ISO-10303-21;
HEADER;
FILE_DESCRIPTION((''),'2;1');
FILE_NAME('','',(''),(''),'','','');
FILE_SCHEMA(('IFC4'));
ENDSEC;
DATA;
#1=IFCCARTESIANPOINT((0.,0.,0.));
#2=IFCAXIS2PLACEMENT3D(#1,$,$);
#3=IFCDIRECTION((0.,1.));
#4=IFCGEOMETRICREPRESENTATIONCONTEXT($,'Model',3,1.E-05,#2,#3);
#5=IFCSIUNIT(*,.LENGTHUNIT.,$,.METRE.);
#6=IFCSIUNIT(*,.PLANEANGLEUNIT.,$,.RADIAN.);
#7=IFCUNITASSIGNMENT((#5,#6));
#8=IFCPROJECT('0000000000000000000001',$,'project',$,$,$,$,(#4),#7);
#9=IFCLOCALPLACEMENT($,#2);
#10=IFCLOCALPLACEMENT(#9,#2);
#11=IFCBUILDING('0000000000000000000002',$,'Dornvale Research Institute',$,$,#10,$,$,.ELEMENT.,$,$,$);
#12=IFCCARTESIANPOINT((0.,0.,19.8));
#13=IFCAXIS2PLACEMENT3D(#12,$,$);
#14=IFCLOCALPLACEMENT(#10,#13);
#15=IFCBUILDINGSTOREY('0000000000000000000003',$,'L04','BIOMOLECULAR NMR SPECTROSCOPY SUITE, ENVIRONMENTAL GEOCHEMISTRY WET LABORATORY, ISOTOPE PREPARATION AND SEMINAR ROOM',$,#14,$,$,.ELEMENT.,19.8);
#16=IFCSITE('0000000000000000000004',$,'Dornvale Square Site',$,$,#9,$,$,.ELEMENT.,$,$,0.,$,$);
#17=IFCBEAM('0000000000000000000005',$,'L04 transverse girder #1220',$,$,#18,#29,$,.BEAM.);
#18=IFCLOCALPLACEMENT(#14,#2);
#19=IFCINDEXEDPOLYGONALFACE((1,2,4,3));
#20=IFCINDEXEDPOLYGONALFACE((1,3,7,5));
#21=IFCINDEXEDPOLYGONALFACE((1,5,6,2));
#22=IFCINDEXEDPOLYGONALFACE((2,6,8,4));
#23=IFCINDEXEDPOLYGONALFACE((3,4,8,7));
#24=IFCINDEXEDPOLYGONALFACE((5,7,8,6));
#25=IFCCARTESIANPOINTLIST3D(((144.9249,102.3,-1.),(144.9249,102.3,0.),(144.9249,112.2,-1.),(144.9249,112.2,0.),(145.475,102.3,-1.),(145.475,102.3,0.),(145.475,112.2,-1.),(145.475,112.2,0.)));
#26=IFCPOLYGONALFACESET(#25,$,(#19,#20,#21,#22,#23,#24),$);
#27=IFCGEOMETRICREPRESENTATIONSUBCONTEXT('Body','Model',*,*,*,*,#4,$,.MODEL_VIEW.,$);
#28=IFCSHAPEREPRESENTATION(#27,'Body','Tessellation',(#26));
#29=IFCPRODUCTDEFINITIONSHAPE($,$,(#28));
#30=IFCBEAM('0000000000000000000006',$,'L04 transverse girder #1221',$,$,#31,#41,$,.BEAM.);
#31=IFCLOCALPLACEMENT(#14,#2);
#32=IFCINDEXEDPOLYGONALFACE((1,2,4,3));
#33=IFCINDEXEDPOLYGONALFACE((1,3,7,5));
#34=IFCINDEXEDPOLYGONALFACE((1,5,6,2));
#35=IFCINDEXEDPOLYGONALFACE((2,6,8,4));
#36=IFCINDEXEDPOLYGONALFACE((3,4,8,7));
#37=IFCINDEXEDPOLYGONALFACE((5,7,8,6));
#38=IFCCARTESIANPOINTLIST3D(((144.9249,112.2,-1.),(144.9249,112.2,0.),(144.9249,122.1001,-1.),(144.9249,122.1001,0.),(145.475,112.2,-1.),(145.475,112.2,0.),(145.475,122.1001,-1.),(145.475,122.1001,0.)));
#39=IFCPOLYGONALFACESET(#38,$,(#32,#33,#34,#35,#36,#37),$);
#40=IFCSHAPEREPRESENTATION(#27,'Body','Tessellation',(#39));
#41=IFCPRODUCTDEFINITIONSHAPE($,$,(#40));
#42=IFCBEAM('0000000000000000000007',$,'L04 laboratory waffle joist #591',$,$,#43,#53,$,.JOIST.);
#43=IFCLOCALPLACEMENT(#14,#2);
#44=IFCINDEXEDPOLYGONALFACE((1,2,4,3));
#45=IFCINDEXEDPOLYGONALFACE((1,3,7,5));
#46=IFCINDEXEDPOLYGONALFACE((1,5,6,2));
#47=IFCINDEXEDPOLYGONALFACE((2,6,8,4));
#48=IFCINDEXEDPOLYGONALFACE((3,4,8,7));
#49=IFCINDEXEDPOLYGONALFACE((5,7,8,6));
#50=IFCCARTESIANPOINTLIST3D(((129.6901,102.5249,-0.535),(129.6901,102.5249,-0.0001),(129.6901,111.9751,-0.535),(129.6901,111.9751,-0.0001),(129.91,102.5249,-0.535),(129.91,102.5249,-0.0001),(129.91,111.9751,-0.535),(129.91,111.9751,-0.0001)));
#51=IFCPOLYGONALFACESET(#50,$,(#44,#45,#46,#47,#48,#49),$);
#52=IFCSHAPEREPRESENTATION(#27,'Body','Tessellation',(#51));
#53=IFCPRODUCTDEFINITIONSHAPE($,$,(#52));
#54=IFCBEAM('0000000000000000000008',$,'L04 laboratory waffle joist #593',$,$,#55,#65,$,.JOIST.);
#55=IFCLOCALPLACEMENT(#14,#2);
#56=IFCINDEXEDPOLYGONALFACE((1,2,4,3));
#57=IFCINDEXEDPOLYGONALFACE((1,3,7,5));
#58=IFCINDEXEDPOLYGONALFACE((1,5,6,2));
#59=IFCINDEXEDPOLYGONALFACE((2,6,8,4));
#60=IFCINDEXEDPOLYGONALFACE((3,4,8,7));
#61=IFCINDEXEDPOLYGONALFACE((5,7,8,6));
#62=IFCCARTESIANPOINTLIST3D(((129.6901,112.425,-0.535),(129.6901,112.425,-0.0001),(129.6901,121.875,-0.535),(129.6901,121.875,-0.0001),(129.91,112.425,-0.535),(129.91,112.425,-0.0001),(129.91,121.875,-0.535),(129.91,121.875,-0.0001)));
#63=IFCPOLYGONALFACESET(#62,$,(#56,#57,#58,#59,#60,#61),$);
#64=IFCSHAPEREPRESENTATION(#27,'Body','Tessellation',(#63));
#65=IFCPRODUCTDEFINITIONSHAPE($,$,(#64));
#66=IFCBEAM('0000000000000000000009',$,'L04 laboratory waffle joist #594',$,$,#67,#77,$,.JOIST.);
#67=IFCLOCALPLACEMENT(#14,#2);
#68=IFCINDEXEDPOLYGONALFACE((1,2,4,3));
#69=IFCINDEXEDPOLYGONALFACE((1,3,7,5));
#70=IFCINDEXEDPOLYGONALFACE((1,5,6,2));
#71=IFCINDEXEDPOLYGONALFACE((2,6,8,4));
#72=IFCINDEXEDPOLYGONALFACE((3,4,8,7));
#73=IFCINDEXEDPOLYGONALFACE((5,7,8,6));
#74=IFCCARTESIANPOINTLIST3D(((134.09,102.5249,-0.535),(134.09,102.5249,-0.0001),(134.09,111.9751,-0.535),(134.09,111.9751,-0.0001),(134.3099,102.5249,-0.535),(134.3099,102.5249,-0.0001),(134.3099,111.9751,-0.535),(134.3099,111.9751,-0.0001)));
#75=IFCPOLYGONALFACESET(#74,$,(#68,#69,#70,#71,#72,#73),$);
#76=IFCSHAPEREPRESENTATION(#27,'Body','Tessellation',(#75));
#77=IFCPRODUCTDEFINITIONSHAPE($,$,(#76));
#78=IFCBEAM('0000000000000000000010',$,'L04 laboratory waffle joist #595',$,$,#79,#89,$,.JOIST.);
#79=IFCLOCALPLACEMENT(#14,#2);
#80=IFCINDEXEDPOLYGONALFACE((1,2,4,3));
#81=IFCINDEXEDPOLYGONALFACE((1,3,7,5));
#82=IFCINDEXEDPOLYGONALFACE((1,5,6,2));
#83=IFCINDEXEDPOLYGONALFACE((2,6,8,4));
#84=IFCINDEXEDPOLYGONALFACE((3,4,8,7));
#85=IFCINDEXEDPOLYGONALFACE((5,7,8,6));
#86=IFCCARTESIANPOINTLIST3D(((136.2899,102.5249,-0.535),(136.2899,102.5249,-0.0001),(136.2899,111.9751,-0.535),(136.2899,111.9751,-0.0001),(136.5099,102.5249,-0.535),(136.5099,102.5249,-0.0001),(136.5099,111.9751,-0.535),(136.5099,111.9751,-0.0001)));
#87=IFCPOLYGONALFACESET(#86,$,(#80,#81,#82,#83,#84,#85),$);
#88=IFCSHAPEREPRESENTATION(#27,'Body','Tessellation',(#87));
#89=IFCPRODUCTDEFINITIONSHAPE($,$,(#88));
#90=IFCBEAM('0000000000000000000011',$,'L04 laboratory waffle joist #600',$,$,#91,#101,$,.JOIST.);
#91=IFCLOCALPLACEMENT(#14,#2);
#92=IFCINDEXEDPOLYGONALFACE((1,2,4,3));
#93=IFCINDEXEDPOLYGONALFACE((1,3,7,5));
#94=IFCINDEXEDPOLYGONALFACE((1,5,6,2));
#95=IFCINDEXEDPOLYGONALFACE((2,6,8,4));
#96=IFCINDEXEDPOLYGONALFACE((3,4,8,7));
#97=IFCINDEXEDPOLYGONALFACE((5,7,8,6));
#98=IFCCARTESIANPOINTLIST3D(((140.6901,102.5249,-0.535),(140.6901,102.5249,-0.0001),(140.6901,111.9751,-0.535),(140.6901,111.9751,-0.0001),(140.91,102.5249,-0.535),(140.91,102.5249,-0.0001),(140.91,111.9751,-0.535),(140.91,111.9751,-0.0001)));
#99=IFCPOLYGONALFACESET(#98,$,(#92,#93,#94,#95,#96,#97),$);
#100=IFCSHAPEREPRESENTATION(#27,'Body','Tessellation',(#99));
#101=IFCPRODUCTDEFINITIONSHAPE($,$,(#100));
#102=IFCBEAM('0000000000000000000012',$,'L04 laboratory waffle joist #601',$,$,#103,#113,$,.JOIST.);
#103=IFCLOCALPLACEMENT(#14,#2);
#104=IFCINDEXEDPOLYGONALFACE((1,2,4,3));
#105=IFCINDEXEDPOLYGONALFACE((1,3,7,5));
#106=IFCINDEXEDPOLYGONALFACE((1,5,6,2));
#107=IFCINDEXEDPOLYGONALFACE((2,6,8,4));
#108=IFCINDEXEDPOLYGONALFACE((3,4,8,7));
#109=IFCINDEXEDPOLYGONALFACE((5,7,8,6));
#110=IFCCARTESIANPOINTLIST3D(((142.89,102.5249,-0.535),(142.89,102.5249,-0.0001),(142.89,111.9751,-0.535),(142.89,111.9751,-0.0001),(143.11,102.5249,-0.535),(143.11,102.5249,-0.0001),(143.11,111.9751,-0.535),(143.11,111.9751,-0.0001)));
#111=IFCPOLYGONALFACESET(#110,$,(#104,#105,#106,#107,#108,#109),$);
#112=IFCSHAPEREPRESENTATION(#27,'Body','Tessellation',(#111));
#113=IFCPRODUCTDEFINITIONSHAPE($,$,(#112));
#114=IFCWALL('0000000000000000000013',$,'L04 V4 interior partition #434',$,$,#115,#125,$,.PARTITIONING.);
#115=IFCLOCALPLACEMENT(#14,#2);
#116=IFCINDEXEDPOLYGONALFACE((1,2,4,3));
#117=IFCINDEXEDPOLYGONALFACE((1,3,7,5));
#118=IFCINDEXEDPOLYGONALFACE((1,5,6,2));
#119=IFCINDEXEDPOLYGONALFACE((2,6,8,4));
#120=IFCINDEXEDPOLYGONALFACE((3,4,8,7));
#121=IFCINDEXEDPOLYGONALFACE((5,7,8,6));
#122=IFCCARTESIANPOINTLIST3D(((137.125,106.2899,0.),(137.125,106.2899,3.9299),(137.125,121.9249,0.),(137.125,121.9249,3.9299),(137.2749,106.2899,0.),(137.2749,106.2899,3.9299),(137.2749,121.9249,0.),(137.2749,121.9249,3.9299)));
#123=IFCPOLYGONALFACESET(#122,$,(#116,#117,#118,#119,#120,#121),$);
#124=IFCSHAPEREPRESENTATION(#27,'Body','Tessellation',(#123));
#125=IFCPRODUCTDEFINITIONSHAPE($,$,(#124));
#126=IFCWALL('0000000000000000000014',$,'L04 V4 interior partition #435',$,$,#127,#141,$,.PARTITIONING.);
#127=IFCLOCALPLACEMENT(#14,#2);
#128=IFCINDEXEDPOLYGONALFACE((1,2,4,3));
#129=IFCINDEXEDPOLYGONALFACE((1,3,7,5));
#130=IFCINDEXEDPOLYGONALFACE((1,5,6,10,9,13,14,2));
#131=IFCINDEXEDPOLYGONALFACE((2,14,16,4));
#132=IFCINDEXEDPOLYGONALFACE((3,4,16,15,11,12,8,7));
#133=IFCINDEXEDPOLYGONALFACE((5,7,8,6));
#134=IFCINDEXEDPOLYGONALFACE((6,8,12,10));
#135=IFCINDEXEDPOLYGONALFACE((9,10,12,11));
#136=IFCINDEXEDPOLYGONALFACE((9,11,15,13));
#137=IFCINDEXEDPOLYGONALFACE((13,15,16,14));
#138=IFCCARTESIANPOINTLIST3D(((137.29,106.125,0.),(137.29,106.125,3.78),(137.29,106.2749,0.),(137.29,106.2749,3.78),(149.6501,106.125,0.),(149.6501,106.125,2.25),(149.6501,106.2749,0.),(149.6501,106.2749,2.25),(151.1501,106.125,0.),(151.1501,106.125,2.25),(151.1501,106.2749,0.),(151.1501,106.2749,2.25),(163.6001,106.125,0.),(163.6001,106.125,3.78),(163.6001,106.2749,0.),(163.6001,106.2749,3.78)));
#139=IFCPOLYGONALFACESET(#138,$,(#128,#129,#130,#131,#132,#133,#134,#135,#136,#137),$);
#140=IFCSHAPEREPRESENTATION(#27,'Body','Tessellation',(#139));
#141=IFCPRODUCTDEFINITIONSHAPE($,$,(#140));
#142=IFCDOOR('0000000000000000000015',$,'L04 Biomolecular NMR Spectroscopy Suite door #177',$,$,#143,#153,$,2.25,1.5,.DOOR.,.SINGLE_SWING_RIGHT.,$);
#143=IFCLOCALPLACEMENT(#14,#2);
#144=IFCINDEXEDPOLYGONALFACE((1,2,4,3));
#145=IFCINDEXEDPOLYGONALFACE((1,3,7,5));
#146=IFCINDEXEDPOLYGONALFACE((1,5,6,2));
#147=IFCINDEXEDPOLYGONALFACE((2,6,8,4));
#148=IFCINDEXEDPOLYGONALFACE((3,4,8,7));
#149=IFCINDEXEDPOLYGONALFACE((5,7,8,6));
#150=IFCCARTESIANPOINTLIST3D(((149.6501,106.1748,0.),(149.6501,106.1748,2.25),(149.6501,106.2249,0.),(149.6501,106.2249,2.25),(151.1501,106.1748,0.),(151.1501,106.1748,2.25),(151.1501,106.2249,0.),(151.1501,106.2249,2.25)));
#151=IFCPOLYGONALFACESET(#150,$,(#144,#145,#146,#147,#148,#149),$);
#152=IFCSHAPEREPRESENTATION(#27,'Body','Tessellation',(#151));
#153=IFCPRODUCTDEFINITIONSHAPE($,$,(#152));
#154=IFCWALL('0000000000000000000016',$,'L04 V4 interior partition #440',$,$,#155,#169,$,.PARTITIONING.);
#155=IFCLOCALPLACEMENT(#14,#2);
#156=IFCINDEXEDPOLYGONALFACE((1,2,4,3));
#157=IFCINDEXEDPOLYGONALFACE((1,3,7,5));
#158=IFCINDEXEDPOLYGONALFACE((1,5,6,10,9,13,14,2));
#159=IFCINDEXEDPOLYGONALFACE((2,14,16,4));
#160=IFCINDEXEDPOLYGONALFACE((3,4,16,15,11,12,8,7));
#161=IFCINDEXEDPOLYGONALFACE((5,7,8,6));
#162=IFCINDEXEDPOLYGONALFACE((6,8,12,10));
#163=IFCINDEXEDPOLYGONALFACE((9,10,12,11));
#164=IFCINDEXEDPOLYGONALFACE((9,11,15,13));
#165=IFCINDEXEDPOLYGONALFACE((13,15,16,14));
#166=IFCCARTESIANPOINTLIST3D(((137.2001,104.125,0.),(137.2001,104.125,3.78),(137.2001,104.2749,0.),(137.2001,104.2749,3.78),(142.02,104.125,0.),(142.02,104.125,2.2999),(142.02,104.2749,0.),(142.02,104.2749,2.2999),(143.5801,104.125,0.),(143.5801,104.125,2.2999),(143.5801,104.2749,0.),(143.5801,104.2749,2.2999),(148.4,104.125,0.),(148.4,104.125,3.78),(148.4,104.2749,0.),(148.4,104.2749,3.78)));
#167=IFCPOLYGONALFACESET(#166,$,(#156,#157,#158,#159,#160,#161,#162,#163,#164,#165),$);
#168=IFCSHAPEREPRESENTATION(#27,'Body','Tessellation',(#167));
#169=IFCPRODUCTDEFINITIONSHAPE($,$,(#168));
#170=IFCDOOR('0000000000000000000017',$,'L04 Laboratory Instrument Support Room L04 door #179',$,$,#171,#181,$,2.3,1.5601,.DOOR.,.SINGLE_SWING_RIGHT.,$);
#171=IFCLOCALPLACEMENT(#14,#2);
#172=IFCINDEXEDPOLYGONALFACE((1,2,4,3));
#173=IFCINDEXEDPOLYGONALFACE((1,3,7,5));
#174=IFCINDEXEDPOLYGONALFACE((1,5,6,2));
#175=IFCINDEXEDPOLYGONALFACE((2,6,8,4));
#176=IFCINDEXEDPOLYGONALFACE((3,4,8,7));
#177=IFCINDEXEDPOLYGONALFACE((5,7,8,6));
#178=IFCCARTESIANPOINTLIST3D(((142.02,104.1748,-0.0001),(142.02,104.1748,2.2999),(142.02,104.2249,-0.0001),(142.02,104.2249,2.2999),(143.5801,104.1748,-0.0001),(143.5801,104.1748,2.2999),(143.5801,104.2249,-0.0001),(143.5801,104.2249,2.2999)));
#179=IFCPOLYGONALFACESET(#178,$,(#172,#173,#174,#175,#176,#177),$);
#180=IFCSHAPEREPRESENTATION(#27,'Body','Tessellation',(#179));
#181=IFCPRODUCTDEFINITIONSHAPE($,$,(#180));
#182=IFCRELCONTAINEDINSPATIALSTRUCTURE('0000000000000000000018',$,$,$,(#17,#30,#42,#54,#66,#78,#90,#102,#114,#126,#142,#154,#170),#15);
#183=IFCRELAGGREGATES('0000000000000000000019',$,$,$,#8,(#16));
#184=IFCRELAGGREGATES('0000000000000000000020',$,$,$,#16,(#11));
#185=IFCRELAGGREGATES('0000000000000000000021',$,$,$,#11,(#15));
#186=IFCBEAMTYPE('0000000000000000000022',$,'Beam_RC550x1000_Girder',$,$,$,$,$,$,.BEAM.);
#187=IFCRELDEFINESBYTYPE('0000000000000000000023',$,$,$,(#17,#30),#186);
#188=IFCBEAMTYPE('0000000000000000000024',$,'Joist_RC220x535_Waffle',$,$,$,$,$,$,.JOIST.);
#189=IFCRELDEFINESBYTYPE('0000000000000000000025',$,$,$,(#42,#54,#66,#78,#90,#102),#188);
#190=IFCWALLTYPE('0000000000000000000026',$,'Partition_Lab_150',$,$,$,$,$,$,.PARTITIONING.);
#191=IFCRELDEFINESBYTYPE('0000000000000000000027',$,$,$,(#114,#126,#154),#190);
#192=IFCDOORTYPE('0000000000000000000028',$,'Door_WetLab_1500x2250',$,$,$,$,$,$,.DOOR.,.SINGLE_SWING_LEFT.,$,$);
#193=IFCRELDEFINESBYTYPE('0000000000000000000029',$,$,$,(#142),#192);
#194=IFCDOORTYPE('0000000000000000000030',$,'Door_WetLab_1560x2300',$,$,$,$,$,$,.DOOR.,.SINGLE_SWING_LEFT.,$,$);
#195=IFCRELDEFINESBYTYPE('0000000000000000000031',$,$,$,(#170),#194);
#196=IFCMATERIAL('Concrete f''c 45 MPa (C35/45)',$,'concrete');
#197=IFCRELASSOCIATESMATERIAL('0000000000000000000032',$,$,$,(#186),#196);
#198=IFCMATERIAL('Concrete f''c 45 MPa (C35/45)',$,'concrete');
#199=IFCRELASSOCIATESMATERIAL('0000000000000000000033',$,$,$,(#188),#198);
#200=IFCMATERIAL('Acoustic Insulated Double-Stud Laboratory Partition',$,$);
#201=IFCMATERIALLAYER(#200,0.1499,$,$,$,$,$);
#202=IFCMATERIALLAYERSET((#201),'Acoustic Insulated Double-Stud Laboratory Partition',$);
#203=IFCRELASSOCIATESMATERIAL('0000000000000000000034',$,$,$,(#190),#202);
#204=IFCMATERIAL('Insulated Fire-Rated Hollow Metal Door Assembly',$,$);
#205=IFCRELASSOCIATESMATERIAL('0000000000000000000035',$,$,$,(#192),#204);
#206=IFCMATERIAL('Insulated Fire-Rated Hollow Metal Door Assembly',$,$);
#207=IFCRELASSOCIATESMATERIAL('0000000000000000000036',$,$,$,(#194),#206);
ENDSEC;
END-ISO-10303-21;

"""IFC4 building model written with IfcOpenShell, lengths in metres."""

from ifc_helpers import new_model, si_unit, direction, frame, frame_2d, origin, origin_2d, place, context, subcontext, project, spatial, rectangle, extrude, material, layer, layer_set, material_profile, profile_set, type_object, element, fill, save


model = new_model("IFC4")

# Units and contexts
model_context = context("Model", 3, precision=1e-05, world=origin(), true_north=direction((0.0, 1.0)))
body_context = subcontext(model_context, "Body", "Model", "MODEL_VIEW")
ifc_project = project(units=[si_unit("LENGTHUNIT", "METRE"), si_unit("PLANEANGLEUNIT", "RADIAN")], contexts=[model_context])

# Site, building, storey
site_placement = place(None, origin())
site = spatial("IfcSite", under=ifc_project, at=site_placement, Name="Dornvale Square Site", CompositionType="ELEMENT", RefElevation=0.0)
building_placement = place(site_placement, origin())
building = spatial("IfcBuilding", under=site, at=building_placement, Name="Dornvale Research Institute", CompositionType="ELEMENT")
storey_placement = place(building_placement, frame((0.0, 0.0, 19.8)))
storey = spatial("IfcBuildingStorey", under=building, at=storey_placement, Name="L04", Description="BIOMOLECULAR NMR SPECTROSCOPY SUITE, ENVIRONMENTAL GEOCHEMISTRY WET LABORATORY, ISOTOPE PREPARATION AND SEMINAR ROOM", CompositionType="ELEMENT", Elevation=19.8)

# Beams
ifc_material_1 = material(Name="Concrete f'c 45 MPa (C35/45)", Category="concrete")
ifc_material_profile_1 = material_profile(ifc_material_1, rectangle(XDim=0.55, YDim=1.0, at=origin_2d()), Name="RC 550x1000")
ifc_profile_set_1 = profile_set([ifc_material_profile_1], Name="Concrete f'c 45 MPa (C35/45)")
beam_type_1 = type_object("IfcBeamType", Name="Beam_RC550x1000_Girder", PredefinedType="BEAM", material=ifc_profile_set_1)
beam_1_placement = place(storey_placement, frame((145.2, 102.3, -0.5), z_axis=(0.0, 1.0, 0.0), x_axis=(-1.0, 0.0, 0.0)))
element("IfcBeam", 1, at=beam_1_placement, inside=storey, type_object=beam_type_1, Name="L04 transverse girder #1220", PredefinedType="BEAM", context=body_context, shape_type="SweptSolid", body=[
    extrude(rectangle(XDim=0.55, YDim=1.0, at=origin_2d()), origin(), (0.0, 0.0, 1.0), 9.8999),
])
beam_2_placement = place(storey_placement, frame((145.2, 112.2, -0.5), z_axis=(0.0, 1.0, 0.0), x_axis=(-1.0, 0.0, 0.0)))
element("IfcBeam", 2, at=beam_2_placement, inside=storey, type_object=beam_type_1, Name="L04 transverse girder #1221", PredefinedType="BEAM", context=body_context, shape_type="SweptSolid", body=[
    extrude(rectangle(XDim=0.55, YDim=1.0, at=origin_2d()), origin(), (0.0, 0.0, 1.0), 9.9001),
])
ifc_material_2 = material(Name="Concrete f'c 45 MPa (C35/45)", Category="concrete")
ifc_material_profile_2 = material_profile(ifc_material_2, rectangle(XDim=0.22, YDim=0.5349, at=origin_2d()), Name="RC 220x535")
ifc_profile_set_2 = profile_set([ifc_material_profile_2], Name="Concrete f'c 45 MPa (C35/45)")
beam_type_2 = type_object("IfcBeamType", Name="Joist_RC220x535_Waffle", PredefinedType="JOIST", material=ifc_profile_set_2)
beam_3_placement = place(storey_placement, frame((129.8, 102.5249, -0.2676), z_axis=(0.0, 1.0, 0.0), x_axis=(-1.0, 0.0, 0.0)))
element("IfcBeam", 3, at=beam_3_placement, inside=storey, type_object=beam_type_2, Name="L04 laboratory waffle joist #591", PredefinedType="JOIST", context=body_context, shape_type="SweptSolid", body=[
    extrude(rectangle(XDim=0.22, YDim=0.5349, at=origin_2d()), origin(), (0.0, 0.0, 1.0), 9.4502),
])
beam_4_placement = place(storey_placement, frame((129.8, 112.425, -0.2676), z_axis=(0.0, 1.0, 0.0), x_axis=(-1.0, 0.0, 0.0)))
element("IfcBeam", 4, at=beam_4_placement, inside=storey, type_object=beam_type_2, Name="L04 laboratory waffle joist #593", PredefinedType="JOIST", context=body_context, shape_type="SweptSolid", body=[
    extrude(rectangle(XDim=0.22, YDim=0.5349, at=origin_2d()), origin(), (0.0, 0.0, 1.0), 9.45),
])
for number, where, z_axis, x_axis, name in (
    (5, (134.2, 102.5249, -0.2676), (0.0, 1.0, 0.0), (-1.0, 0.0, 0.0), "L04 laboratory waffle joist #594"),
    (6, (136.3999, 102.5249, -0.2676), (0.0, 1.0, 0.0), (-1.0, 0.0, 0.0), "L04 laboratory waffle joist #595"),
    (7, (140.8, 102.5249, -0.2676), (0.0, 1.0, 0.0), (-1.0, 0.0, 0.0), "L04 laboratory waffle joist #600"),
    (8, (143.0, 102.5249, -0.2676), (0.0, 1.0, 0.0), (-1.0, 0.0, 0.0), "L04 laboratory waffle joist #601"),
):
    element("IfcBeam", number, at=place(storey_placement, frame(where, z_axis=z_axis, x_axis=x_axis)), inside=storey, type_object=beam_type_2, Name=name, PredefinedType="JOIST", context=body_context, shape_type="SweptSolid", body=[
        extrude(rectangle(XDim=0.22, YDim=0.5349, at=origin_2d()), origin(), (0.0, 0.0, 1.0), 9.4502),
    ])

# Wall
ifc_material_3 = material(Name="Acoustic Insulated Double-Stud Laboratory Partition")
ifc_layer_1 = layer(ifc_material_3, 0.1499)
ifc_layer_set_1 = layer_set([ifc_layer_1], Name="Acoustic Insulated Double-Stud Laboratory Partition")
wall_type_1 = type_object("IfcWallType", Name="Partition_Lab_150", PredefinedType="PARTITIONING", material=ifc_layer_set_1)
wall_1_placement = place(storey_placement, frame((137.2, 106.29, 0.0), z_axis=(0.0, 0.0, 1.0), x_axis=(0.0, 1.0, 0.0)))
element("IfcWall", 9, at=wall_1_placement, inside=storey, type_object=wall_type_1, Name="L04 V4 interior partition #434", PredefinedType="PARTITIONING", context=body_context, shape_type="SweptSolid", body=[
    extrude(rectangle(XDim=15.635, YDim=0.1499, at=frame_2d((7.8174, 0.0))), origin(), (0.0, 0.0, 1.0), 3.9299),
])

# Walls, openings, doors
wall_2_placement = place(storey_placement, frame((137.29, 106.2, 0.0), z_axis=(0.0, 0.0, 1.0), x_axis=(1.0, 0.0, 0.0)))
wall_2 = element("IfcWall", 10, at=wall_2_placement, inside=storey, type_object=wall_type_1, Name="L04 V4 interior partition #435", PredefinedType="PARTITIONING", context=body_context, shape_type="SweptSolid", body=[
    extrude(rectangle(XDim=26.3101, YDim=0.1499, at=frame_2d((13.155, 0.0))), origin(), (0.0, 0.0, 1.0), 3.78),
])
opening_1_placement = place(wall_2_placement, frame((12.3601, 0.0, 0.0)))
opening_1 = element("IfcOpeningElement", 11, at=opening_1_placement, cuts=wall_2, PredefinedType="OPENING", context=body_context, shape_type="SweptSolid", body=[
    extrude(rectangle(XDim=1.5, YDim=2.25, at=frame_2d((0.75, 1.125))), frame((0.0, 0.0898, 0.0), z_axis=(0.0, -1.0, 0.0), x_axis=(1.0, 0.0, 0.0)), (0.0, 0.0, 1.0), 0.1799),
])
ifc_material_4 = material(Name="Insulated Fire-Rated Hollow Metal Door Assembly")
door_type_1 = type_object("IfcDoorType", Name="Door_WetLab_1500x2250", OperationType="SINGLE_SWING_LEFT", PredefinedType="DOOR", material=ifc_material_4)
door_1_placement = place(opening_1_placement, origin())
door_1 = element("IfcDoor", 12, at=door_1_placement, inside=storey, type_object=door_type_1, Name="L04 Biomolecular NMR Spectroscopy Suite door #177", OperationType="SINGLE_SWING_RIGHT", OverallHeight=2.25, OverallWidth=1.5, PredefinedType="DOOR", context=body_context, shape_type="SweptSolid", body=[
    extrude(rectangle(XDim=1.5, YDim=2.25, at=frame_2d((0.75, 1.125))), frame((0.0, 0.0249, 0.0), z_axis=(0.0, -1.0, 0.0), x_axis=(1.0, 0.0, 0.0)), (0.0, 0.0, 1.0), 0.05),
])
fill(opening_1, door_1)
wall_3_placement = place(storey_placement, frame((137.2, 104.2, 0.0), z_axis=(0.0, 0.0, 1.0), x_axis=(1.0, 0.0, 0.0)))
wall_3 = element("IfcWall", 13, at=wall_3_placement, inside=storey, type_object=wall_type_1, Name="L04 V4 interior partition #440", PredefinedType="PARTITIONING", context=body_context, shape_type="SweptSolid", body=[
    extrude(rectangle(XDim=11.2, YDim=0.1499, at=frame_2d((5.6001, 0.0))), origin(), (0.0, 0.0, 1.0), 3.78),
])
opening_2_placement = place(wall_3_placement, frame((4.8201, 0.0, 0.0)))
opening_2 = element("IfcOpeningElement", 14, at=opening_2_placement, cuts=wall_3, PredefinedType="OPENING", context=body_context, shape_type="SweptSolid", body=[
    extrude(rectangle(XDim=1.5601, YDim=2.3, at=frame_2d((0.78, 1.1499))), frame((0.0, 0.0898, 0.0), z_axis=(0.0, -1.0, 0.0), x_axis=(1.0, 0.0, 0.0)), (0.0, 0.0, 1.0), 0.1799),
])
ifc_material_5 = material(Name="Insulated Fire-Rated Hollow Metal Door Assembly")
door_type_2 = type_object("IfcDoorType", Name="Door_WetLab_1560x2300", OperationType="SINGLE_SWING_LEFT", PredefinedType="DOOR", material=ifc_material_5)
door_2_placement = place(opening_2_placement, origin())
door_2 = element("IfcDoor", 15, at=door_2_placement, inside=storey, type_object=door_type_2, Name="L04 Laboratory Instrument Support Room L04 door #179", OperationType="SINGLE_SWING_RIGHT", OverallHeight=2.3, OverallWidth=1.5601, PredefinedType="DOOR", context=body_context, shape_type="SweptSolid", body=[
    extrude(rectangle(XDim=1.5601, YDim=2.3, at=frame_2d((0.78, 1.1499))), frame((0.0, 0.0249, 0.0), z_axis=(0.0, -1.0, 0.0), x_axis=(1.0, 0.0, 0.0)), (0.0, 0.0, 1.0), 0.05),
])
fill(opening_2, door_2)

save(model, "model.ifc")
